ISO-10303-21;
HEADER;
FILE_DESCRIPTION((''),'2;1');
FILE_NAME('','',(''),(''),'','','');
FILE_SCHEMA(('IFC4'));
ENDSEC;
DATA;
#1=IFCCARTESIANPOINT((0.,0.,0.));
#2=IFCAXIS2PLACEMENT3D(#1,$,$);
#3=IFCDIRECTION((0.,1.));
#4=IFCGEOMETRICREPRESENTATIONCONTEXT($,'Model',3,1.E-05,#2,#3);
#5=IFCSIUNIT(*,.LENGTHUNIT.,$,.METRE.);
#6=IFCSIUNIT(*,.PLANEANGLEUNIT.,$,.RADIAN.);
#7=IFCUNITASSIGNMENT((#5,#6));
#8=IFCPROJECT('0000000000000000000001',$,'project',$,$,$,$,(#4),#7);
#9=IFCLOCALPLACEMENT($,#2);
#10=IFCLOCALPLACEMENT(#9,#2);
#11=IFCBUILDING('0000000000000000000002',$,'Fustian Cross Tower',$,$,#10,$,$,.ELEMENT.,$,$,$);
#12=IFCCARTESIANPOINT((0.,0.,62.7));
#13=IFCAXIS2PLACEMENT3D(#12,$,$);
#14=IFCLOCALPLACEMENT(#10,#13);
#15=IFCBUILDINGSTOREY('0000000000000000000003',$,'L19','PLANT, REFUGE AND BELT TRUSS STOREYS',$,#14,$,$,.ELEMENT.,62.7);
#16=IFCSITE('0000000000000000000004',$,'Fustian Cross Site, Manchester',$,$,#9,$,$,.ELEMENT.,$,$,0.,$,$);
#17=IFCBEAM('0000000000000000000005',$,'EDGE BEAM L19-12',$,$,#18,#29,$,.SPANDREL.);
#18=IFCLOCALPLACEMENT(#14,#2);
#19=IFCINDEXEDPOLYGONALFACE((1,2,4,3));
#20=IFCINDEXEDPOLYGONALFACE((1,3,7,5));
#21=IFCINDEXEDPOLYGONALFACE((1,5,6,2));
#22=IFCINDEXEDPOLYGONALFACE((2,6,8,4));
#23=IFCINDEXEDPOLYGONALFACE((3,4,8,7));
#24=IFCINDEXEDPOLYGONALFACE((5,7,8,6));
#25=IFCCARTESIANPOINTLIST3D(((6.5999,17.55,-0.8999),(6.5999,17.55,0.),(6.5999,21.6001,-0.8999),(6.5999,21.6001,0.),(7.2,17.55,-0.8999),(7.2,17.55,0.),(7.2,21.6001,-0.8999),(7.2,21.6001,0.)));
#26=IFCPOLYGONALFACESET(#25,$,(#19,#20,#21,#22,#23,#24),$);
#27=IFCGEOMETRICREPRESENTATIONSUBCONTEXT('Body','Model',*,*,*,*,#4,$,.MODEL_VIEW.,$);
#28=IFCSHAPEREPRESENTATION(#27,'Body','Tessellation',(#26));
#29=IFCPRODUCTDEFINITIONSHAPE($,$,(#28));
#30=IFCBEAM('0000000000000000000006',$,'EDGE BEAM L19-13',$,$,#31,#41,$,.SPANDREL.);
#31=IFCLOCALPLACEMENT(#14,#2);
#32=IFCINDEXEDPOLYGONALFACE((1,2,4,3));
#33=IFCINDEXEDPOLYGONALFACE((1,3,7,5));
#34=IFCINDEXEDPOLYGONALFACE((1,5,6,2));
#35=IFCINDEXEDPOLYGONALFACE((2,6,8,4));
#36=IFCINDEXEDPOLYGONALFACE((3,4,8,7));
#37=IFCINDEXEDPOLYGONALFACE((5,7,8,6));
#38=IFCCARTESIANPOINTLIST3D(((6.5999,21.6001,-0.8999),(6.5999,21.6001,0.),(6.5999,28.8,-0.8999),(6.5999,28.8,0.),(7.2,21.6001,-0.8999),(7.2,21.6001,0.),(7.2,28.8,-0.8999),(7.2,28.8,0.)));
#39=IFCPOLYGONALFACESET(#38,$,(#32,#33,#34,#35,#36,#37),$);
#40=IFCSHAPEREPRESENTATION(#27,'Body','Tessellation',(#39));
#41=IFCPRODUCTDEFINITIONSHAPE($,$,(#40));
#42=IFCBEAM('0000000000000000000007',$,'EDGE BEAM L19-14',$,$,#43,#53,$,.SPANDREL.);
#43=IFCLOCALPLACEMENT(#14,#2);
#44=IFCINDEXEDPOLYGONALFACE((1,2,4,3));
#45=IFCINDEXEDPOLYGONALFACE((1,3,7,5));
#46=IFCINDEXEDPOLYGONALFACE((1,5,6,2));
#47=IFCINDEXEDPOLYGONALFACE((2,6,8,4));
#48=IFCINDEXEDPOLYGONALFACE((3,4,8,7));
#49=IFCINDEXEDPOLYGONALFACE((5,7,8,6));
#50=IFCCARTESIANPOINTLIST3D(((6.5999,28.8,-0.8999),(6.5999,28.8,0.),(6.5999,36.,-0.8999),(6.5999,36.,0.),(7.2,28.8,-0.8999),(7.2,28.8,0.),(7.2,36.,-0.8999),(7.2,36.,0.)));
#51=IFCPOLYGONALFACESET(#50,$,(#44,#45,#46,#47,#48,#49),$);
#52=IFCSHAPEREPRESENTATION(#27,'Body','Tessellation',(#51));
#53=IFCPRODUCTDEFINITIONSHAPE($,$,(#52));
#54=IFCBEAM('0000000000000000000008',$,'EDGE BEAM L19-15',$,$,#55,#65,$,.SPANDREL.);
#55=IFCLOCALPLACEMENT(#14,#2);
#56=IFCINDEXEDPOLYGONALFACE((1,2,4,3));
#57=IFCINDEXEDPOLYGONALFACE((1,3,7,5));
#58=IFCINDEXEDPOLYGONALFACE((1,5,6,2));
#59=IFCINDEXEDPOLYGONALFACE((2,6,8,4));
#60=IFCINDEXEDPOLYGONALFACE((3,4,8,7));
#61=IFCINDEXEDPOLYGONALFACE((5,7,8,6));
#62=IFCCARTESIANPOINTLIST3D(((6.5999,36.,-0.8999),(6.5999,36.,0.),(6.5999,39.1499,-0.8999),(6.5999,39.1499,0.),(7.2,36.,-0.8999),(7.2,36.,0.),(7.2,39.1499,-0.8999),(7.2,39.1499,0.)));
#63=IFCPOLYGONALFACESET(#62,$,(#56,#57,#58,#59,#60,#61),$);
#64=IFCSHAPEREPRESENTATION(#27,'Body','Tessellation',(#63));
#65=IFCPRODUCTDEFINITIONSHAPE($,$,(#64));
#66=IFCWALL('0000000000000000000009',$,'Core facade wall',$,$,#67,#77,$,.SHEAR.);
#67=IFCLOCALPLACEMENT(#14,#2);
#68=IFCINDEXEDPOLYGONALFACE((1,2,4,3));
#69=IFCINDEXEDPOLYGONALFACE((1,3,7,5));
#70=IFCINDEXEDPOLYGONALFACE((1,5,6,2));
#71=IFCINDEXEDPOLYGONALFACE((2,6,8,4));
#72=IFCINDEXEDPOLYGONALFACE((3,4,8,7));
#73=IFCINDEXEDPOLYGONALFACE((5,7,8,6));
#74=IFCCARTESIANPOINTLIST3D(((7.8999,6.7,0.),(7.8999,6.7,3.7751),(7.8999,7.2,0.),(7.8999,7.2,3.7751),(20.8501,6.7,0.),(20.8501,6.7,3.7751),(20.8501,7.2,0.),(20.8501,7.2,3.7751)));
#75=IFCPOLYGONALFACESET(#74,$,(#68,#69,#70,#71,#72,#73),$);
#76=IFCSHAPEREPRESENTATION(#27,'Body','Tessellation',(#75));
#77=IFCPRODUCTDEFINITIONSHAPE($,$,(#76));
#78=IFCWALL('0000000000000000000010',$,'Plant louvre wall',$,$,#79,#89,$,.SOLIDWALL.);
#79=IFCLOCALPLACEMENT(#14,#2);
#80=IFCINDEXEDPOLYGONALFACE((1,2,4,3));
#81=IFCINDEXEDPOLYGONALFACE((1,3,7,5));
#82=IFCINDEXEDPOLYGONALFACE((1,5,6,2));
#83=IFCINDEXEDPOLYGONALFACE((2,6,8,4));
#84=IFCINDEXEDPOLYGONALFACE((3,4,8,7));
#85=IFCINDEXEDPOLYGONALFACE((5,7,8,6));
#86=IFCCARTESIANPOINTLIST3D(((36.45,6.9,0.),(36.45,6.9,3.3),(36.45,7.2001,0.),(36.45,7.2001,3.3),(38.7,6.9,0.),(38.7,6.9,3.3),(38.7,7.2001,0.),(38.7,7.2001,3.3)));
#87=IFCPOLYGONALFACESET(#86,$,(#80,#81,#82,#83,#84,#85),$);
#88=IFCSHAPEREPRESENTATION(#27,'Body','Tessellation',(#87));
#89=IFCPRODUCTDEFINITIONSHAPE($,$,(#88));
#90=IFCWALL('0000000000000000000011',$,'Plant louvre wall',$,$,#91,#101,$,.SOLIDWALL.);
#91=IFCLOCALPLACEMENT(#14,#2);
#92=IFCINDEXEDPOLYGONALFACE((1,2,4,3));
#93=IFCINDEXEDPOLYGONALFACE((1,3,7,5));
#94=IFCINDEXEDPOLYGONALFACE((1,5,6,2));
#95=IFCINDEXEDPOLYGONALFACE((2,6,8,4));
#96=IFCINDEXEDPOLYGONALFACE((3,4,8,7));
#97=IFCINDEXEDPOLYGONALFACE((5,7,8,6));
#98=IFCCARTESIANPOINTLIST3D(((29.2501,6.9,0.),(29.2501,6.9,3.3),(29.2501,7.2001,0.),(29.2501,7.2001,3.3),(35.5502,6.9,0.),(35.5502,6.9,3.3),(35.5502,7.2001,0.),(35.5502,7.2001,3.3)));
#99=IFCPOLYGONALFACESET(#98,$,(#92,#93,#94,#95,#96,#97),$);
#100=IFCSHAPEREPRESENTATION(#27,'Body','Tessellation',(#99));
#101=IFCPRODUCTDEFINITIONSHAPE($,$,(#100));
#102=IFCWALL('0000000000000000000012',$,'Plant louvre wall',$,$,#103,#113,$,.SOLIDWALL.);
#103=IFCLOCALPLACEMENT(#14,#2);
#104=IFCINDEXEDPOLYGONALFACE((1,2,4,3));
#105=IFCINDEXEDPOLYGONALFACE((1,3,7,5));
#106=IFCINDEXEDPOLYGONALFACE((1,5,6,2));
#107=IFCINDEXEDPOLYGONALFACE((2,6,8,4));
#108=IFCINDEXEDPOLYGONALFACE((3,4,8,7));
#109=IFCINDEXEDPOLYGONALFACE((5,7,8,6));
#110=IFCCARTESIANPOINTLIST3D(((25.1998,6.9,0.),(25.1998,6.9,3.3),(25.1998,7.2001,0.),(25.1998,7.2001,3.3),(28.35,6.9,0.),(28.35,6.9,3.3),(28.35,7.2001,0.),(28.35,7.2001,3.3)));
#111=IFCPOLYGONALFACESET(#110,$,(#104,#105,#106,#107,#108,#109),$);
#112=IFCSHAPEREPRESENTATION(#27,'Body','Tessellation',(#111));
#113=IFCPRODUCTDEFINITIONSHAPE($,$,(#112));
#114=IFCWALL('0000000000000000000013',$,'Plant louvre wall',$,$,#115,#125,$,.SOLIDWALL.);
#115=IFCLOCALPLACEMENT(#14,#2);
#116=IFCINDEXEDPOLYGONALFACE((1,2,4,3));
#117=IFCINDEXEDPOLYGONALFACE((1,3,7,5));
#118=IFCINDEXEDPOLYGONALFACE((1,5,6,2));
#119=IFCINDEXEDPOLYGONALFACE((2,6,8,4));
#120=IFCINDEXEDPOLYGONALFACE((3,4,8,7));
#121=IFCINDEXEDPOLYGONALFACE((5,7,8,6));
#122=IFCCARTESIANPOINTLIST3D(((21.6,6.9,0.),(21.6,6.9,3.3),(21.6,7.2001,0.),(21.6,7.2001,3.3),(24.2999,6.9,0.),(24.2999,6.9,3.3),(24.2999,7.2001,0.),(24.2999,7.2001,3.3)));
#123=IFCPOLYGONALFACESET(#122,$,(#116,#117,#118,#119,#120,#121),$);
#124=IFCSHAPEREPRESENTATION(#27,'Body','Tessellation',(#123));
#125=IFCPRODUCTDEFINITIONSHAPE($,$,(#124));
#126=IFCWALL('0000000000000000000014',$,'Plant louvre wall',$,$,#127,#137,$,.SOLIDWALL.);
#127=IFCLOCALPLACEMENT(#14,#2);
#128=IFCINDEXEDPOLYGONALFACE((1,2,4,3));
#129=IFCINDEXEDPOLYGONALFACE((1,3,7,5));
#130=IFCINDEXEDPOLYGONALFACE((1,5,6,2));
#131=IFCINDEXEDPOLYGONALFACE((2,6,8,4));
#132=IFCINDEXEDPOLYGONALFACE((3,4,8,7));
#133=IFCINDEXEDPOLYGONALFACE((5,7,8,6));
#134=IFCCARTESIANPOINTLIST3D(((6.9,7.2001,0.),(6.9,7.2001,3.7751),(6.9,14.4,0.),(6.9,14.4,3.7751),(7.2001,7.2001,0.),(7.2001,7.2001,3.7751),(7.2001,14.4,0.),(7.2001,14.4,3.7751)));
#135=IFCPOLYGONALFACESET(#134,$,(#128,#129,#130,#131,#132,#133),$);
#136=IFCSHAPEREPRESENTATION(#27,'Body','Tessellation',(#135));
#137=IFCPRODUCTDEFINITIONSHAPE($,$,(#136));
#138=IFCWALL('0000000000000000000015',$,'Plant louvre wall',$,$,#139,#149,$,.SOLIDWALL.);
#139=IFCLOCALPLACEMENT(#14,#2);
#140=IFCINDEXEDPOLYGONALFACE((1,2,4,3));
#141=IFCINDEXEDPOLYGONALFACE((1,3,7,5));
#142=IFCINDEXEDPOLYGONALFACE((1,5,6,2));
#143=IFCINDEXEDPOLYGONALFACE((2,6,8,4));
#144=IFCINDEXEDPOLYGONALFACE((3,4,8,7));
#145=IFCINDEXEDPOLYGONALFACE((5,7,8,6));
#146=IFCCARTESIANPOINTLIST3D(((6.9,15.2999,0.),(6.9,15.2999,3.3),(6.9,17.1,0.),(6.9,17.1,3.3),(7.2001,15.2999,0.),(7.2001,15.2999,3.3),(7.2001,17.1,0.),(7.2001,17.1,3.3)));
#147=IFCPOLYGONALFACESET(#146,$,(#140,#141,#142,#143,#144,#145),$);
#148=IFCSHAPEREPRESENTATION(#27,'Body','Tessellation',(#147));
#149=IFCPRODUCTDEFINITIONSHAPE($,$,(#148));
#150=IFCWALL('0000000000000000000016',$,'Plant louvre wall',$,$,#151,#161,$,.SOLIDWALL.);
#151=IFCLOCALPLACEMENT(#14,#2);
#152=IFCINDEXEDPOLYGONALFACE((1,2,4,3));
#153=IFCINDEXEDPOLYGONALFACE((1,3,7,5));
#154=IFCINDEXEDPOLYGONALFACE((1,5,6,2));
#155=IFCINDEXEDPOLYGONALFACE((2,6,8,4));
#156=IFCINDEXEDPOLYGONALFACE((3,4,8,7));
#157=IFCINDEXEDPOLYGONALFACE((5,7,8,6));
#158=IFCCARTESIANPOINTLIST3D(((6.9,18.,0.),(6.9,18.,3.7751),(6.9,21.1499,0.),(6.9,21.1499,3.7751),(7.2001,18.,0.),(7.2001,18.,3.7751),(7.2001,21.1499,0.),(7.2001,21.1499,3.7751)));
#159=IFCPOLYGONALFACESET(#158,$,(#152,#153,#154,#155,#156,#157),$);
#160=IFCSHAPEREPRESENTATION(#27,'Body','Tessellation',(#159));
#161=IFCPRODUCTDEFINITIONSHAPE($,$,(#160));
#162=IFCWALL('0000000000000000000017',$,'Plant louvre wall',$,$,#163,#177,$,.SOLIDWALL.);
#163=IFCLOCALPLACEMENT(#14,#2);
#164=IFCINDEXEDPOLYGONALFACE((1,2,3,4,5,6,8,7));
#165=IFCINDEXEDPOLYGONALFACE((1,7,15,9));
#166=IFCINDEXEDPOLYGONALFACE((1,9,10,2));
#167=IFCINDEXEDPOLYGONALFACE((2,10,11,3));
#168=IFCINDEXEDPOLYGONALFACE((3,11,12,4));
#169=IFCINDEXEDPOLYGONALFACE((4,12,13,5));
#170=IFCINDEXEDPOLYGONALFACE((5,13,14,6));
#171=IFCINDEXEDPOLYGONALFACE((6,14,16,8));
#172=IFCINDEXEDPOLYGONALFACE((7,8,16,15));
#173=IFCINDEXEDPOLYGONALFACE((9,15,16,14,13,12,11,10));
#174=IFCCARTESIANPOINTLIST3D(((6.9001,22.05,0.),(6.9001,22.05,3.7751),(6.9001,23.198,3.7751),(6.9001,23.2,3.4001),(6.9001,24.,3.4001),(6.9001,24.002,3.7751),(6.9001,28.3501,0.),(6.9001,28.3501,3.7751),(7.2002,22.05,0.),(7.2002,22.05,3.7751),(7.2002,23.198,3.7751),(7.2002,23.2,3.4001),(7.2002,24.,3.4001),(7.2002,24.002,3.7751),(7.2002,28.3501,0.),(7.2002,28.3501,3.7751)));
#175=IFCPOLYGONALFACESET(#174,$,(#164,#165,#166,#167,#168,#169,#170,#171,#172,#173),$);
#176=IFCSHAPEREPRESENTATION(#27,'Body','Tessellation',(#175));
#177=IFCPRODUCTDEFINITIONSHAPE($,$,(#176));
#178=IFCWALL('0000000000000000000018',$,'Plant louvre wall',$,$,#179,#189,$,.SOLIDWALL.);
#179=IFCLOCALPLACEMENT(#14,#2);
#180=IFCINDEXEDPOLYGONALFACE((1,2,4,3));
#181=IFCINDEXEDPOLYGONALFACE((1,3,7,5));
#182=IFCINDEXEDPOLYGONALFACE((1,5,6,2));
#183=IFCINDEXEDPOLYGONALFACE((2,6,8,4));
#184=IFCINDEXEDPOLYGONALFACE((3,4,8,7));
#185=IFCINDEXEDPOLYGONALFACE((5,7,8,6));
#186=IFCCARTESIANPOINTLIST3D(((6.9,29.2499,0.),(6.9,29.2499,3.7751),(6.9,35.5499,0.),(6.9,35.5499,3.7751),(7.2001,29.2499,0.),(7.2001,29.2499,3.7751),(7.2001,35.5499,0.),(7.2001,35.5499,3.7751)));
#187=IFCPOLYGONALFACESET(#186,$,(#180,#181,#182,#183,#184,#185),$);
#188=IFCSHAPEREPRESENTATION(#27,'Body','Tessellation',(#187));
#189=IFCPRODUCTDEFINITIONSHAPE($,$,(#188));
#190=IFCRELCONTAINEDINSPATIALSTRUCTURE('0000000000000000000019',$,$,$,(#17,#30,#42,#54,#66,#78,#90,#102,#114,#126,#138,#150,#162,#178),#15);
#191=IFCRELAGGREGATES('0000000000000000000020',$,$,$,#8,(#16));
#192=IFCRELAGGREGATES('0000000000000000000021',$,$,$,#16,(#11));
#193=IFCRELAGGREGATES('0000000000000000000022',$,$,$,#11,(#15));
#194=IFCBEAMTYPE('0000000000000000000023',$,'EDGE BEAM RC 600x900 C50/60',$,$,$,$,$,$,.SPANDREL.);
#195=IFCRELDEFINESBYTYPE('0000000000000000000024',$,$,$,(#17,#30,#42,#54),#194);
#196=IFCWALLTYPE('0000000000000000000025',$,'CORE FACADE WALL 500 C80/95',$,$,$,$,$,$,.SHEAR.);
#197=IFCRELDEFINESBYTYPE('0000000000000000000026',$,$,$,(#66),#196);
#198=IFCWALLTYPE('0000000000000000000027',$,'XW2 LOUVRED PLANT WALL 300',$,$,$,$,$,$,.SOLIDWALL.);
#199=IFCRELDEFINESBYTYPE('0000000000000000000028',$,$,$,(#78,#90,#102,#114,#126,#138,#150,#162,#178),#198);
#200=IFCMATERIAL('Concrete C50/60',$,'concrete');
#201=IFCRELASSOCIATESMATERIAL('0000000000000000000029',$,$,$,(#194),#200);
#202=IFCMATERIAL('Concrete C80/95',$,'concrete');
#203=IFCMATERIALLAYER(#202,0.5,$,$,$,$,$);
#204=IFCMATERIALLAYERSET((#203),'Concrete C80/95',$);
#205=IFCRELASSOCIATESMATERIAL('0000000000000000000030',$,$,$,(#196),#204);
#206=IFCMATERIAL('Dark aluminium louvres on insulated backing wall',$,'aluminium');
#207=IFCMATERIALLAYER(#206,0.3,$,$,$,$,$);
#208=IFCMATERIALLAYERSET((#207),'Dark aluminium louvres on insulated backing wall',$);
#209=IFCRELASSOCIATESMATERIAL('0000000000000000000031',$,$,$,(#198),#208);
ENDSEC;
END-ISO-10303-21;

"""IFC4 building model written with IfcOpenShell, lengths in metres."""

from ifc_helpers import new_model, si_unit, direction, frame, frame_2d, origin, origin_2d, place, context, subcontext, project, spatial, polyline, rectangle, outline, extrude, material, layer, layer_set, material_profile, profile_set, type_object, element, save


model = new_model("IFC4")

# Units and contexts
model_context = context("Model", 3, precision=1e-05, world=origin(), true_north=direction((0.0, 1.0)))
body_context = subcontext(model_context, "Body", "Model", "MODEL_VIEW")
ifc_project = project(units=[si_unit("LENGTHUNIT", "METRE"), si_unit("PLANEANGLEUNIT", "RADIAN")], contexts=[model_context])

# Site, building, storey
site_placement = place(None, origin())
site = spatial("IfcSite", under=ifc_project, at=site_placement, Name="Fustian Cross Site, Manchester", CompositionType="ELEMENT", RefElevation=0.0)
building_placement = place(site_placement, origin())
building = spatial("IfcBuilding", under=site, at=building_placement, Name="Fustian Cross Tower", CompositionType="ELEMENT")
storey_placement = place(building_placement, frame((0.0, 0.0, 62.7)))
storey = spatial("IfcBuildingStorey", under=building, at=storey_placement, Name="L19", Description="PLANT, REFUGE AND BELT TRUSS STOREYS", CompositionType="ELEMENT", Elevation=62.7)

# Beams
ifc_material_1 = material(Name="Concrete C50/60", Category="concrete")
ifc_material_profile_1 = material_profile(ifc_material_1, rectangle(XDim=0.6001, YDim=0.8999, at=origin_2d()), Name="RC 600x900")
ifc_profile_set_1 = profile_set([ifc_material_profile_1], Name="Concrete C50/60")
beam_type = type_object("IfcBeamType", Name="EDGE BEAM RC 600x900 C50/60", PredefinedType="SPANDREL", material=ifc_profile_set_1)
beam_1_placement = place(storey_placement, frame((6.8999, 17.55, -0.45), z_axis=(0.0, 1.0, 0.0), x_axis=(-1.0, 0.0, 0.0)))
element("IfcBeam", 1, at=beam_1_placement, inside=storey, type_object=beam_type, Name="EDGE BEAM L19-12", PredefinedType="SPANDREL", context=body_context, shape_type="SweptSolid", body=[
    extrude(rectangle(XDim=0.6001, YDim=0.8999, at=origin_2d()), origin(), (0.0, 0.0, 1.0), 4.05),
])
for number, where, z_axis, x_axis, name in (
    (2, (6.8999, 21.6001, -0.45), (0.0, 1.0, 0.0), (-1.0, 0.0, 0.0), "EDGE BEAM L19-13"),
    (3, (6.8999, 28.8, -0.45), (0.0, 1.0, 0.0), (-1.0, 0.0, 0.0), "EDGE BEAM L19-14"),
):
    element("IfcBeam", number, at=place(storey_placement, frame(where, z_axis=z_axis, x_axis=x_axis)), inside=storey, type_object=beam_type, Name=name, PredefinedType="SPANDREL", context=body_context, shape_type="SweptSolid", body=[
        extrude(rectangle(XDim=0.6001, YDim=0.8999, at=origin_2d()), origin(), (0.0, 0.0, 1.0), 7.2),
    ])
beam_2_placement = place(storey_placement, frame((6.8999, 36.0, -0.45), z_axis=(0.0, 1.0, 0.0), x_axis=(-1.0, 0.0, 0.0)))
element("IfcBeam", 4, at=beam_2_placement, inside=storey, type_object=beam_type, Name="EDGE BEAM L19-15", PredefinedType="SPANDREL", context=body_context, shape_type="SweptSolid", body=[
    extrude(rectangle(XDim=0.6001, YDim=0.8999, at=origin_2d()), origin(), (0.0, 0.0, 1.0), 3.1499),
])

# Walls
ifc_material_2 = material(Name="Concrete C80/95", Category="concrete")
ifc_layer_1 = layer(ifc_material_2, 0.5)
ifc_layer_set_1 = layer_set([ifc_layer_1], Name="Concrete C80/95")
wall_type_1 = type_object("IfcWallType", Name="CORE FACADE WALL 500 C80/95", PredefinedType="SHEAR", material=ifc_layer_set_1)
wall_1_placement = place(storey_placement, frame((7.8999, 6.95, 0.0), z_axis=(0.0, 0.0, 1.0), x_axis=(1.0, 0.0, 0.0)))
element("IfcWall", 5, at=wall_1_placement, inside=storey, type_object=wall_type_1, Name="Core facade wall", PredefinedType="SHEAR", context=body_context, shape_type="SweptSolid", body=[
    extrude(rectangle(XDim=12.9502, YDim=0.5, at=frame_2d((6.4751, 0.0))), origin(), (0.0, 0.0, 1.0), 3.7751),
])
ifc_material_3 = material(Name="Dark aluminium louvres on insulated backing wall", Category="aluminium")
ifc_layer_2 = layer(ifc_material_3, 0.3)
ifc_layer_set_2 = layer_set([ifc_layer_2], Name="Dark aluminium louvres on insulated backing wall")
wall_type_2 = type_object("IfcWallType", Name="XW2 LOUVRED PLANT WALL 300", PredefinedType="SOLIDWALL", material=ifc_layer_set_2)
wall_2_placement = place(storey_placement, frame((38.7, 7.05, 0.0), z_axis=(0.0, 0.0, 1.0), x_axis=(-1.0, 0.0, 0.0)))
element("IfcWall", 6, at=wall_2_placement, inside=storey, type_object=wall_type_2, Name="Plant louvre wall", PredefinedType="SOLIDWALL", context=body_context, shape_type="SweptSolid", body=[
    extrude(rectangle(XDim=2.25, YDim=0.3, at=frame_2d((1.125, 0.0))), origin(), (0.0, 0.0, 1.0), 3.3),
])
wall_3_placement = place(storey_placement, frame((35.55, 7.05, 0.0), z_axis=(0.0, 0.0, 1.0), x_axis=(-1.0, 0.0, 0.0)))
element("IfcWall", 7, at=wall_3_placement, inside=storey, type_object=wall_type_2, Name="Plant louvre wall", PredefinedType="SOLIDWALL", context=body_context, shape_type="SweptSolid", body=[
    extrude(rectangle(XDim=6.3, YDim=0.3, at=frame_2d((3.1499, 0.0))), origin(), (0.0, 0.0, 1.0), 3.3),
])
wall_4_placement = place(storey_placement, frame((28.3501, 7.05, 0.0), z_axis=(0.0, 0.0, 1.0), x_axis=(-1.0, 0.0, 0.0)))
element("IfcWall", 8, at=wall_4_placement, inside=storey, type_object=wall_type_2, Name="Plant louvre wall", PredefinedType="SOLIDWALL", context=body_context, shape_type="SweptSolid", body=[
    extrude(rectangle(XDim=3.1501, YDim=0.3, at=frame_2d((1.5752, 0.0))), origin(), (0.0, 0.0, 1.0), 3.3),
])
wall_5_placement = place(storey_placement, frame((24.3, 7.05, 0.0), z_axis=(0.0, 0.0, 1.0), x_axis=(-1.0, 0.0, 0.0)))
element("IfcWall", 9, at=wall_5_placement, inside=storey, type_object=wall_type_2, Name="Plant louvre wall", PredefinedType="SOLIDWALL", context=body_context, shape_type="SweptSolid", body=[
    extrude(rectangle(XDim=2.7, YDim=0.3, at=frame_2d((1.3501, 0.0))), origin(), (0.0, 0.0, 1.0), 3.3),
])
wall_6_placement = place(storey_placement, frame((7.05, 7.2, 0.0), z_axis=(0.0, 0.0, 1.0), x_axis=(0.0, 1.0, 0.0)))
element("IfcWall", 10, at=wall_6_placement, inside=storey, type_object=wall_type_2, Name="Plant louvre wall", PredefinedType="SOLIDWALL", context=body_context, shape_type="SweptSolid", body=[
    extrude(rectangle(XDim=7.2, YDim=0.3, at=frame_2d((3.6001, 0.0))), origin(), (0.0, 0.0, 1.0), 3.7751),
])
wall_7_placement = place(storey_placement, frame((7.05, 15.3, 0.0), z_axis=(0.0, 0.0, 1.0), x_axis=(0.0, 1.0, 0.0)))
element("IfcWall", 11, at=wall_7_placement, inside=storey, type_object=wall_type_2, Name="Plant louvre wall", PredefinedType="SOLIDWALL", context=body_context, shape_type="SweptSolid", body=[
    extrude(rectangle(XDim=1.8, YDim=0.3, at=frame_2d((0.8999, 0.0))), origin(), (0.0, 0.0, 1.0), 3.3),
])
wall_8_placement = place(storey_placement, frame((7.05, 18.0, 0.0), z_axis=(0.0, 0.0, 1.0), x_axis=(0.0, 1.0, 0.0)))
element("IfcWall", 12, at=wall_8_placement, inside=storey, type_object=wall_type_2, Name="Plant louvre wall", PredefinedType="SOLIDWALL", context=body_context, shape_type="SweptSolid", body=[
    extrude(rectangle(XDim=3.1499, YDim=0.3, at=frame_2d((1.575, 0.0))), origin(), (0.0, 0.0, 1.0), 3.7751),
])
wall_9_placement = place(storey_placement, frame((7.05, 22.05, 0.0), z_axis=(0.0, 0.0, 1.0), x_axis=(0.0, 1.0, 0.0)))
element("IfcWall", 13, at=wall_9_placement, inside=storey, type_object=wall_type_2, Name="Plant louvre wall", PredefinedType="SOLIDWALL", context=body_context, shape_type="SweptSolid", body=[
    extrude(outline(polyline([(0.0, 0.0), (6.3, 0.0), (6.3, 3.7751), (1.9519, 3.7751), (1.95, 3.4001), (1.1499, 3.4001), (1.1479, 3.7751), (0.0, 3.7751), (0.0, 0.0)])), frame((0.0, 0.1499, 0.0), z_axis=(0.0, -1.0, 0.0), x_axis=(1.0, 0.0, 0.0)), (0.0, 0.0, 1.0), 0.3),
])
wall_10_placement = place(storey_placement, frame((7.05, 29.25, 0.0), z_axis=(0.0, 0.0, 1.0), x_axis=(0.0, 1.0, 0.0)))
element("IfcWall", 14, at=wall_10_placement, inside=storey, type_object=wall_type_2, Name="Plant louvre wall", PredefinedType="SOLIDWALL", context=body_context, shape_type="SweptSolid", body=[
    extrude(rectangle(XDim=6.3, YDim=0.3, at=frame_2d((3.1499, 0.0))), origin(), (0.0, 0.0, 1.0), 3.7751),
])

save(model, "model.ifc")
